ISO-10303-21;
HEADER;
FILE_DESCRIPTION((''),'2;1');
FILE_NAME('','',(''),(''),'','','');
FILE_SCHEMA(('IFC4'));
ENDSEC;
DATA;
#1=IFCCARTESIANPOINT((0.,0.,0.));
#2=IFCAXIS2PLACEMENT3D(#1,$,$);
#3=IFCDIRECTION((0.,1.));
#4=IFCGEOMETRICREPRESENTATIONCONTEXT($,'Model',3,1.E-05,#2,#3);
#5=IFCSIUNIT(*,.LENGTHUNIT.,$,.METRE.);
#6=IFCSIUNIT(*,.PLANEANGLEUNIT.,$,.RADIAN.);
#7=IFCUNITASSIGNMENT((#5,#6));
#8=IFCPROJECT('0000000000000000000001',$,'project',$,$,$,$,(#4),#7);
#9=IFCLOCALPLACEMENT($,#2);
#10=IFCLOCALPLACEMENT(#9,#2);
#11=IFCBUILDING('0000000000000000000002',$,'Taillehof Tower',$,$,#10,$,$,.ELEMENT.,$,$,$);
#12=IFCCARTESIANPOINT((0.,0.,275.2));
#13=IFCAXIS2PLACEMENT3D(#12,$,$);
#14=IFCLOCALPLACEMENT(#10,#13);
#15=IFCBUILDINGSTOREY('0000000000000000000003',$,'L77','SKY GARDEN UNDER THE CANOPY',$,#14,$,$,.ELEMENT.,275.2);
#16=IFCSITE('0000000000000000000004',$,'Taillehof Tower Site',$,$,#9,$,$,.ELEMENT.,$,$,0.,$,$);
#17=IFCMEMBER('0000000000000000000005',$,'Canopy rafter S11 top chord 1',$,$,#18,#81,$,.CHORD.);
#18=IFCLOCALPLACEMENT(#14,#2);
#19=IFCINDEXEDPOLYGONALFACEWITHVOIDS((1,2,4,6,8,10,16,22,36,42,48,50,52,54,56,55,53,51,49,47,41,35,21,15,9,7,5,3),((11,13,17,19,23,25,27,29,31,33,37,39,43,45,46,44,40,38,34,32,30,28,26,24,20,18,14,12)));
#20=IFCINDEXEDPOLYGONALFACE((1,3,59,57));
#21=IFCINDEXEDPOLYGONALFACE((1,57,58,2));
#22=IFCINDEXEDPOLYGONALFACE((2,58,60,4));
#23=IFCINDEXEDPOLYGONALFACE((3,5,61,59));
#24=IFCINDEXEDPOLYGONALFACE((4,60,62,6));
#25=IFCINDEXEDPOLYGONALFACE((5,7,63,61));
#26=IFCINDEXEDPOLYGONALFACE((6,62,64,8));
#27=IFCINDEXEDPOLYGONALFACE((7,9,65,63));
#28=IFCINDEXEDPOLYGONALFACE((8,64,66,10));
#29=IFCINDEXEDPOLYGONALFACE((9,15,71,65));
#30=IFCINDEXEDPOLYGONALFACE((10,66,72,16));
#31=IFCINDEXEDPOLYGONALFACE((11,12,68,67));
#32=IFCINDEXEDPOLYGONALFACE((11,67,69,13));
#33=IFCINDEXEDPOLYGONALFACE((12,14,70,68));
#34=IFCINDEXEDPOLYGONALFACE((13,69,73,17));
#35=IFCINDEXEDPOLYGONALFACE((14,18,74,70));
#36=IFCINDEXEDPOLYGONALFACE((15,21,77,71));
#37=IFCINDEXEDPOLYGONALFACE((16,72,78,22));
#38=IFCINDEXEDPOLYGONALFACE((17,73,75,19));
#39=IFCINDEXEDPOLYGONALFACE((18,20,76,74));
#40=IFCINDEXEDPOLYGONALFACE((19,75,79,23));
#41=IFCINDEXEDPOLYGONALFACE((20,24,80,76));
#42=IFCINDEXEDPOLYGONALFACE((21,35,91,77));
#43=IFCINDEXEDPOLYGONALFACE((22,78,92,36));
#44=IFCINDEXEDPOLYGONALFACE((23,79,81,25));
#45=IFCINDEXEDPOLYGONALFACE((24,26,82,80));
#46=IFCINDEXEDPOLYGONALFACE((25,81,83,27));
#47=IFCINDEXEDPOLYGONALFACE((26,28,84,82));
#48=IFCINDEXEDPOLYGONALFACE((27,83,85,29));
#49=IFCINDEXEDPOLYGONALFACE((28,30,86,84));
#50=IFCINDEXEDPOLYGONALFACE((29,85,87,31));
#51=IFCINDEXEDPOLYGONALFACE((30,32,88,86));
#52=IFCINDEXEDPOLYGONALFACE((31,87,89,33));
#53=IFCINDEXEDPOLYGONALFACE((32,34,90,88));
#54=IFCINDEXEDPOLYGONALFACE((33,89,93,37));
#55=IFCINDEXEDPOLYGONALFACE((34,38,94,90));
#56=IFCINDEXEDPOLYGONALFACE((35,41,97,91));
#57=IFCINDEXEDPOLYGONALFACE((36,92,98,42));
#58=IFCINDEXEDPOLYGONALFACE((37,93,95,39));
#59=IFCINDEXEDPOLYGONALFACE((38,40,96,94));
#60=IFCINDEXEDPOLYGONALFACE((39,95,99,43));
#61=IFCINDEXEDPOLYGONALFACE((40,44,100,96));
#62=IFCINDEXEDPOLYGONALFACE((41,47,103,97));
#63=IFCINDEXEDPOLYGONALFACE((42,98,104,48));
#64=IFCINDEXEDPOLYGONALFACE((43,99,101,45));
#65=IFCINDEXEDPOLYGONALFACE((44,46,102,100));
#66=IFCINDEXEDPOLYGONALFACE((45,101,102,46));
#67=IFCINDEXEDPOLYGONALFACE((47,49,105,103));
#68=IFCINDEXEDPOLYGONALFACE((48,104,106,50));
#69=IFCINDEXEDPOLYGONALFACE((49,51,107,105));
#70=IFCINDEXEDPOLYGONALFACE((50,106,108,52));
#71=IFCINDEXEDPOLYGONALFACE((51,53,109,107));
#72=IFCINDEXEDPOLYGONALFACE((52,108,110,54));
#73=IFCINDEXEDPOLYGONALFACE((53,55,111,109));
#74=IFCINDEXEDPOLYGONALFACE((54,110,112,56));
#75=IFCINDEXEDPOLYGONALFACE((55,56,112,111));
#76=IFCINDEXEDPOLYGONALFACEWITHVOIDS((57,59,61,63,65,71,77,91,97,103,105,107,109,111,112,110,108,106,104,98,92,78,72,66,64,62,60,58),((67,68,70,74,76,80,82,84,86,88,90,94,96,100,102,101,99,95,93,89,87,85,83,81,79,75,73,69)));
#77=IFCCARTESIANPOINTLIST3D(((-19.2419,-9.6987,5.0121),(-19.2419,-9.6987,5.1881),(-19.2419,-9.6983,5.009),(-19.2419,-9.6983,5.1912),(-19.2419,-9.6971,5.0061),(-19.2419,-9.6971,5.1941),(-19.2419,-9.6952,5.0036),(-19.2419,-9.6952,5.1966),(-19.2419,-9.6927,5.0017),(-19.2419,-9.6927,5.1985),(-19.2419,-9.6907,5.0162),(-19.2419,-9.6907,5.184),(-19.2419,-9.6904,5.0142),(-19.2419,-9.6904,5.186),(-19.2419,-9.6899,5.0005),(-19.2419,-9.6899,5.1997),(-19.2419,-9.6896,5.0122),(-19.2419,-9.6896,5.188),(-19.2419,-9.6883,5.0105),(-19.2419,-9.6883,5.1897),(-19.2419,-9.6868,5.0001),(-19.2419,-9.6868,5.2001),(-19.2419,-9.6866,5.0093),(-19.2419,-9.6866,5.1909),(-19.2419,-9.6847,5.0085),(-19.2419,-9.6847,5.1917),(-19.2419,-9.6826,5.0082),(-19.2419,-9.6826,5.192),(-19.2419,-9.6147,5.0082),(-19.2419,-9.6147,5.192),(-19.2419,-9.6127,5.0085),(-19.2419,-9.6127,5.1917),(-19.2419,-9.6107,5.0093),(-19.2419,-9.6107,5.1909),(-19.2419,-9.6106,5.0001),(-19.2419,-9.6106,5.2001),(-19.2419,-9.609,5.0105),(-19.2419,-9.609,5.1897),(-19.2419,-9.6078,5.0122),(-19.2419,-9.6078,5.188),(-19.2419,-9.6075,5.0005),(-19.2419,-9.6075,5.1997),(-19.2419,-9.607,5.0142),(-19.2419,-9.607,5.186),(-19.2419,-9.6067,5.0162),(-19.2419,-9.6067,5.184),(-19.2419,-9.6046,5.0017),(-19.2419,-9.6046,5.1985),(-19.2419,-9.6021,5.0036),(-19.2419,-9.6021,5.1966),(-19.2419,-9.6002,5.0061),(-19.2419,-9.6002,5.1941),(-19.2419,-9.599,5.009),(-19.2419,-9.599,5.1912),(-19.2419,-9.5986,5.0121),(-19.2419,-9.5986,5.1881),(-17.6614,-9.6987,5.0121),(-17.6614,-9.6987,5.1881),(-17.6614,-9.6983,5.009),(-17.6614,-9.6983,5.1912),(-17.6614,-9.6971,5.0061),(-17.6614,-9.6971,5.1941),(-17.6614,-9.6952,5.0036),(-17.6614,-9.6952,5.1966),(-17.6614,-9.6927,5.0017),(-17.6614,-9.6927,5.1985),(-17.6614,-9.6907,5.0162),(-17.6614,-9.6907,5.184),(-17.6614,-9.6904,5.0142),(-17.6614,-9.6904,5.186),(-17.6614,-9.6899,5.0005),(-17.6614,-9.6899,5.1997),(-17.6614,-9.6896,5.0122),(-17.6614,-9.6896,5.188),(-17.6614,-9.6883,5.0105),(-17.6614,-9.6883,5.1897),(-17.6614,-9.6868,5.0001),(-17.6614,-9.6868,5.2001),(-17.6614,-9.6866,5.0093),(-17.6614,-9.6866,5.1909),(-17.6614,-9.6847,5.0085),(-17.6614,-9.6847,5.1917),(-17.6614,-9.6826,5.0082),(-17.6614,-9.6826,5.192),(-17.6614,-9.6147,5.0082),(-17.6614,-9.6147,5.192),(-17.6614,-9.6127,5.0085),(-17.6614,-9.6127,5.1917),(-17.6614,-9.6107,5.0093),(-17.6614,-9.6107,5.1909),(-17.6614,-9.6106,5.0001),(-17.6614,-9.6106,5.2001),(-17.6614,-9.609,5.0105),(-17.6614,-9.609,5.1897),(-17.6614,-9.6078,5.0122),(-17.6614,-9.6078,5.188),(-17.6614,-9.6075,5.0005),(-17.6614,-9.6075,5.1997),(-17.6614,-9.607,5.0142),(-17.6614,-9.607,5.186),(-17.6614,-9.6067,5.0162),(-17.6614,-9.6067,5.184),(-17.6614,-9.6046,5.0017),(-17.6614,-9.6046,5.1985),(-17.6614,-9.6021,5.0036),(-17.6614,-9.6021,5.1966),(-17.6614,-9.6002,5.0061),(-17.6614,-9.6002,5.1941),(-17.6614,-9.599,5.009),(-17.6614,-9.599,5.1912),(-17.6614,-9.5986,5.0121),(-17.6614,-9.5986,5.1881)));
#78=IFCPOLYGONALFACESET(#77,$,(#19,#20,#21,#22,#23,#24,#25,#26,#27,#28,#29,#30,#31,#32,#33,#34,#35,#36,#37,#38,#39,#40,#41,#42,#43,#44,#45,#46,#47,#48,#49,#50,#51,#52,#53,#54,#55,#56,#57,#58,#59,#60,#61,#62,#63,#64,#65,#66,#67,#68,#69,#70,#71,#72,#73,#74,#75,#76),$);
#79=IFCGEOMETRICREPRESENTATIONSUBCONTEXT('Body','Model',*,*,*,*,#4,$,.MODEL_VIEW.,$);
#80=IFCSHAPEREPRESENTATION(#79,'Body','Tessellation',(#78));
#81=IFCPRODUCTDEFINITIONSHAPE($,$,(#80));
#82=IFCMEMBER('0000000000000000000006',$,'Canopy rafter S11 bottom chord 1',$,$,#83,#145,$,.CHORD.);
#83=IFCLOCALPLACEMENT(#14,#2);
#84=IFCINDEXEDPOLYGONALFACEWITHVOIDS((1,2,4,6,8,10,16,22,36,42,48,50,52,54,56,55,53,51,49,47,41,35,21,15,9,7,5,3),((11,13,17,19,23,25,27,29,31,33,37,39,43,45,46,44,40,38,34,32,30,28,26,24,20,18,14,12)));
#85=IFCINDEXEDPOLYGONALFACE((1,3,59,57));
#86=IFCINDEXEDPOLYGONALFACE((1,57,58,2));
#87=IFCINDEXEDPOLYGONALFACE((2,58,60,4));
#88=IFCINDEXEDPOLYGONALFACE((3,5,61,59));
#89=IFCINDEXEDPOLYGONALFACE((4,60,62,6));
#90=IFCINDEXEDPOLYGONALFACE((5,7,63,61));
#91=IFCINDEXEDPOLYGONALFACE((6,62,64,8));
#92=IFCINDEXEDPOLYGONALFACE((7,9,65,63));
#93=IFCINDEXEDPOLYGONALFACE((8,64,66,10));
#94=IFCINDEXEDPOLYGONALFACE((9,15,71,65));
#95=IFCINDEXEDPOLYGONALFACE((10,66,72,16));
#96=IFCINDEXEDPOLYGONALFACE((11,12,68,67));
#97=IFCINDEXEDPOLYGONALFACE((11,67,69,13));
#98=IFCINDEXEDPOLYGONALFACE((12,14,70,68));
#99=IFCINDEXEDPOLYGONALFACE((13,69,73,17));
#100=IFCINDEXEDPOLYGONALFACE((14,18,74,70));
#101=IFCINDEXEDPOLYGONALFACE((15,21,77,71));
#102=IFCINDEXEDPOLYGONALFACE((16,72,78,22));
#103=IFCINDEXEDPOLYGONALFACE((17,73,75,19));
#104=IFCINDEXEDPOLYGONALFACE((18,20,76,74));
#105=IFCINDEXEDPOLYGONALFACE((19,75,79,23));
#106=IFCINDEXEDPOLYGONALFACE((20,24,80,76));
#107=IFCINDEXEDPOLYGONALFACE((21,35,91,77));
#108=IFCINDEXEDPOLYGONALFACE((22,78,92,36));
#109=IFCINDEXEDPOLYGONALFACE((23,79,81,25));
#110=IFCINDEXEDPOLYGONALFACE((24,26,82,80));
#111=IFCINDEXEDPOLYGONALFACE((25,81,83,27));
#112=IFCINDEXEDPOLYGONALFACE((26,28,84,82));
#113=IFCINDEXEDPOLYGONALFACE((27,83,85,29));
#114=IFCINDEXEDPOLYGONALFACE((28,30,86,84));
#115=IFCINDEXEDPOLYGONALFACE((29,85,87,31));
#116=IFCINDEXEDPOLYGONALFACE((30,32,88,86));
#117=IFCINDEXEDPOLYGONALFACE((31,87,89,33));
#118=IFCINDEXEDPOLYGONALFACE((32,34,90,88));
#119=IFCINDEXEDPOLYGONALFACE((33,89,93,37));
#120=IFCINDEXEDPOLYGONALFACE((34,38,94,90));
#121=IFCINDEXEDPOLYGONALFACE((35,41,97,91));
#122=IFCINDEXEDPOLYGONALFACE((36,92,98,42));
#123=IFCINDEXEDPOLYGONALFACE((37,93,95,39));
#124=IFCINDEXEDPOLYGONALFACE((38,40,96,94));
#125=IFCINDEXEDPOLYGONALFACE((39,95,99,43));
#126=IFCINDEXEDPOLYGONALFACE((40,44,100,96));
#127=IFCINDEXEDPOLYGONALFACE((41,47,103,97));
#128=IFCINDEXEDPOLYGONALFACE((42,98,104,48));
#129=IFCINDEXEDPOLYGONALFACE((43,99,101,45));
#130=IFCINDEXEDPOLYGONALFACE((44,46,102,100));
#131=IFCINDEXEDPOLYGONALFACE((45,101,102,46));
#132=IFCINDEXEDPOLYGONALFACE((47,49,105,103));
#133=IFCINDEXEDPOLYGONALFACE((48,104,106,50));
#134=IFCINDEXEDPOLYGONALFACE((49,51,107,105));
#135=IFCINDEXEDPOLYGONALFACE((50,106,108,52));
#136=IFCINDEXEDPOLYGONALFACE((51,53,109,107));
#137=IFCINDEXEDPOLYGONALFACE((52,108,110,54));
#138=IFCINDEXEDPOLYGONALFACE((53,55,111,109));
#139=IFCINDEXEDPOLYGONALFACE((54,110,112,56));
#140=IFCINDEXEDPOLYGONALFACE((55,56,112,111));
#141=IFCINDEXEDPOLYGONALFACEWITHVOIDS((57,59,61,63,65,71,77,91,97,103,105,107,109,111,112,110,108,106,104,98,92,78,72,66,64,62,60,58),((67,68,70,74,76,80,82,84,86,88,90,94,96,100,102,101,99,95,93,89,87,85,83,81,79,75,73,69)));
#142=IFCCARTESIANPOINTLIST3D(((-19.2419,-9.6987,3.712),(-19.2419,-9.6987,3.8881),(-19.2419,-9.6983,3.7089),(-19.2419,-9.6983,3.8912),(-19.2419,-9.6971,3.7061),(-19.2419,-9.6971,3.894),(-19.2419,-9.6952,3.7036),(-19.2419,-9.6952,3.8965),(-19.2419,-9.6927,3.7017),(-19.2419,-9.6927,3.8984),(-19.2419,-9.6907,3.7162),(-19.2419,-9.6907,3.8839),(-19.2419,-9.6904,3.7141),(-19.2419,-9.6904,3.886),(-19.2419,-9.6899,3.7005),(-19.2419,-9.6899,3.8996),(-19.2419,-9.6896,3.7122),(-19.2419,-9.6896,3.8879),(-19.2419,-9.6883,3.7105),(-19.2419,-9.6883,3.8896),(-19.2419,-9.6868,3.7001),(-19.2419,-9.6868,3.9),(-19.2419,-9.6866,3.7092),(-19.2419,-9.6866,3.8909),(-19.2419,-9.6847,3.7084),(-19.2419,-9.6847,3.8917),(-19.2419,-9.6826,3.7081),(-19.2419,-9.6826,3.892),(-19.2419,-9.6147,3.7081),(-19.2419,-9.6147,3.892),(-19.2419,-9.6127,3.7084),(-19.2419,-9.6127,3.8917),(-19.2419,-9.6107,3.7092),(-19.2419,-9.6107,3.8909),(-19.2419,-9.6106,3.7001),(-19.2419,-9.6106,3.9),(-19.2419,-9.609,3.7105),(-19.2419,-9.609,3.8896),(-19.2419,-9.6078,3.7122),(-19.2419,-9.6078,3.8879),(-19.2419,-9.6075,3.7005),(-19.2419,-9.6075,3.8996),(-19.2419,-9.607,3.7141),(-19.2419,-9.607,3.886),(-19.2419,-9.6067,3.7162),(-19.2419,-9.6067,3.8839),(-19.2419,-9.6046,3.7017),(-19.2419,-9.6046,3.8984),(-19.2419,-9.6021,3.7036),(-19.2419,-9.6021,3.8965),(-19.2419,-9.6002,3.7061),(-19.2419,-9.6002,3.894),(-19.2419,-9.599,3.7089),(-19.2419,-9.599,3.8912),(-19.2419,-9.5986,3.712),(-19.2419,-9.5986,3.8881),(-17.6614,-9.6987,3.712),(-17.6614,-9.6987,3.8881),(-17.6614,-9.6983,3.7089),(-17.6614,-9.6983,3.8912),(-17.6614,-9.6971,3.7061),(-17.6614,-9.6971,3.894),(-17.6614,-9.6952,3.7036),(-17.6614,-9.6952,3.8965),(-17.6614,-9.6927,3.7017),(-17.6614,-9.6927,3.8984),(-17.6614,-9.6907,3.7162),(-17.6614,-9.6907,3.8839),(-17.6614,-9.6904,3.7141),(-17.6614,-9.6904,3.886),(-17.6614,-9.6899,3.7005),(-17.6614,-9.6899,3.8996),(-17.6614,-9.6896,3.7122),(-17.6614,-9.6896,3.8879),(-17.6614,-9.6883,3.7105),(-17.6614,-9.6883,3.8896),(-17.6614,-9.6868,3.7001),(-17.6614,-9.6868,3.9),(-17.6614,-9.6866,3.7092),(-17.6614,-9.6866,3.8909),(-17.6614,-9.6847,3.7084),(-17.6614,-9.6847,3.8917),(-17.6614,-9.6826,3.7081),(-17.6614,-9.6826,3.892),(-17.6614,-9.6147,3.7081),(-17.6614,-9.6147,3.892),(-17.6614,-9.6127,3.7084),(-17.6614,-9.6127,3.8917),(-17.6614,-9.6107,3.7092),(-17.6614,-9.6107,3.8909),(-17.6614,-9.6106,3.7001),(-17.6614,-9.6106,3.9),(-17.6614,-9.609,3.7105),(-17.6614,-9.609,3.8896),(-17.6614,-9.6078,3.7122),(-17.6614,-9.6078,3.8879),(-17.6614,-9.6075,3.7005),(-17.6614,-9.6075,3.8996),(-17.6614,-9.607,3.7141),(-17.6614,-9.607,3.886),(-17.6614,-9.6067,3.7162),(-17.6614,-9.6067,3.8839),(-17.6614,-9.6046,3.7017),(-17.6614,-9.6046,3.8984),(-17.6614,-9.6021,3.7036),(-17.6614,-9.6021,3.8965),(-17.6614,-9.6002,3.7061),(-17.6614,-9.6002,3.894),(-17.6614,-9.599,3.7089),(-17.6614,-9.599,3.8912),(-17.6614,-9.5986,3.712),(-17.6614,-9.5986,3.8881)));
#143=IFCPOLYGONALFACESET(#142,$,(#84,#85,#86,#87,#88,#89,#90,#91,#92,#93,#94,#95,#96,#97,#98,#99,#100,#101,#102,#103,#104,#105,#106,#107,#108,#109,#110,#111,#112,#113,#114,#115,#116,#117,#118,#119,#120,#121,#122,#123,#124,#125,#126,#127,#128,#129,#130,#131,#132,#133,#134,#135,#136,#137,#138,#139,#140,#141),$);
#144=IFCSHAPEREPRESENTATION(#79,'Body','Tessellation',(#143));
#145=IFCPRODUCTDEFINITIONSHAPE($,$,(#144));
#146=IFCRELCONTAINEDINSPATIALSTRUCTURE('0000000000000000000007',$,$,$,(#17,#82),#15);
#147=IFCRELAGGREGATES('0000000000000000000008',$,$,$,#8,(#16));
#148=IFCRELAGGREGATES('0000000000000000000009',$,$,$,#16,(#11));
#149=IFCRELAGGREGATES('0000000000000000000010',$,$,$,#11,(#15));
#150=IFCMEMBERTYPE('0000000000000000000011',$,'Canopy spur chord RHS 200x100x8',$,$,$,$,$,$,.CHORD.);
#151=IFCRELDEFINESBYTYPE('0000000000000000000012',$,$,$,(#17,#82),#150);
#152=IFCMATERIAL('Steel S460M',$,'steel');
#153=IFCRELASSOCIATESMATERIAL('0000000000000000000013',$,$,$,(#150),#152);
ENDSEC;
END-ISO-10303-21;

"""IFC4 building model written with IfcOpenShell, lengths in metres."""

from ifc_helpers import new_model, si_unit, direction, frame, origin, origin_2d, place, context, subcontext, project, spatial, hollow_rectangle, extrude, material, material_profile, profile_set, type_object, element, save


model = new_model("IFC4")

# Units and contexts
model_context = context("Model", 3, precision=1e-05, world=origin(), true_north=direction((0.0, 1.0)))
body_context = subcontext(model_context, "Body", "Model", "MODEL_VIEW")
ifc_project = project(units=[si_unit("LENGTHUNIT", "METRE"), si_unit("PLANEANGLEUNIT", "RADIAN")], contexts=[model_context])

# Site, building, storey
site_placement = place(None, origin())
site = spatial("IfcSite", under=ifc_project, at=site_placement, Name="Taillehof Tower Site", CompositionType="ELEMENT", RefElevation=0.0)
building_placement = place(site_placement, origin())
building = spatial("IfcBuilding", under=site, at=building_placement, Name="Taillehof Tower", CompositionType="ELEMENT")
storey_placement = place(building_placement, frame((0.0, 0.0, 275.2)))
storey = spatial("IfcBuildingStorey", under=building, at=storey_placement, Name="L77", Description="SKY GARDEN UNDER THE CANOPY", CompositionType="ELEMENT", Elevation=275.2)

# Members
ifc_material_1 = material(Name="Steel S460M", Category="steel")
ifc_material_profile_1 = material_profile(ifc_material_1, hollow_rectangle(XDim=0.1001, YDim=0.2, WallThickness=0.0081, InnerFilletRadius=0.0081, OuterFilletRadius=0.012, at=origin_2d()), Name="RHS 200x100x8")
ifc_profile_set_1 = profile_set([ifc_material_profile_1], Name="Steel S460M")
member_type_1 = type_object("IfcMemberType", Name="Canopy spur chord RHS 200x100x8", PredefinedType="CHORD", material=ifc_profile_set_1)
for number, where, z_axis, x_axis, name in (
    (1, (-19.2419, -9.6487, 5.1001), (1.0, 0.0, 0.0), (0.0, 1.0, 0.0), "Canopy rafter S11 top chord 1"),
    (2, (-19.2419, -9.6487, 3.8), (1.0, 0.0, 0.0), (0.0, 1.0, 0.0), "Canopy rafter S11 bottom chord 1"),
):
    element("IfcMember", number, at=place(storey_placement, frame(where, z_axis=z_axis, x_axis=x_axis)), inside=storey, type_object=member_type_1, Name=name, PredefinedType="CHORD", context=body_context, shape_type="SweptSolid", body=[
        extrude(hollow_rectangle(XDim=0.1001, YDim=0.2, WallThickness=0.0081, InnerFilletRadius=0.0081, OuterFilletRadius=0.012, at=origin_2d()), origin(), (0.0, 0.0, 1.0), 1.5806),
    ])

save(model, "model.ifc")
